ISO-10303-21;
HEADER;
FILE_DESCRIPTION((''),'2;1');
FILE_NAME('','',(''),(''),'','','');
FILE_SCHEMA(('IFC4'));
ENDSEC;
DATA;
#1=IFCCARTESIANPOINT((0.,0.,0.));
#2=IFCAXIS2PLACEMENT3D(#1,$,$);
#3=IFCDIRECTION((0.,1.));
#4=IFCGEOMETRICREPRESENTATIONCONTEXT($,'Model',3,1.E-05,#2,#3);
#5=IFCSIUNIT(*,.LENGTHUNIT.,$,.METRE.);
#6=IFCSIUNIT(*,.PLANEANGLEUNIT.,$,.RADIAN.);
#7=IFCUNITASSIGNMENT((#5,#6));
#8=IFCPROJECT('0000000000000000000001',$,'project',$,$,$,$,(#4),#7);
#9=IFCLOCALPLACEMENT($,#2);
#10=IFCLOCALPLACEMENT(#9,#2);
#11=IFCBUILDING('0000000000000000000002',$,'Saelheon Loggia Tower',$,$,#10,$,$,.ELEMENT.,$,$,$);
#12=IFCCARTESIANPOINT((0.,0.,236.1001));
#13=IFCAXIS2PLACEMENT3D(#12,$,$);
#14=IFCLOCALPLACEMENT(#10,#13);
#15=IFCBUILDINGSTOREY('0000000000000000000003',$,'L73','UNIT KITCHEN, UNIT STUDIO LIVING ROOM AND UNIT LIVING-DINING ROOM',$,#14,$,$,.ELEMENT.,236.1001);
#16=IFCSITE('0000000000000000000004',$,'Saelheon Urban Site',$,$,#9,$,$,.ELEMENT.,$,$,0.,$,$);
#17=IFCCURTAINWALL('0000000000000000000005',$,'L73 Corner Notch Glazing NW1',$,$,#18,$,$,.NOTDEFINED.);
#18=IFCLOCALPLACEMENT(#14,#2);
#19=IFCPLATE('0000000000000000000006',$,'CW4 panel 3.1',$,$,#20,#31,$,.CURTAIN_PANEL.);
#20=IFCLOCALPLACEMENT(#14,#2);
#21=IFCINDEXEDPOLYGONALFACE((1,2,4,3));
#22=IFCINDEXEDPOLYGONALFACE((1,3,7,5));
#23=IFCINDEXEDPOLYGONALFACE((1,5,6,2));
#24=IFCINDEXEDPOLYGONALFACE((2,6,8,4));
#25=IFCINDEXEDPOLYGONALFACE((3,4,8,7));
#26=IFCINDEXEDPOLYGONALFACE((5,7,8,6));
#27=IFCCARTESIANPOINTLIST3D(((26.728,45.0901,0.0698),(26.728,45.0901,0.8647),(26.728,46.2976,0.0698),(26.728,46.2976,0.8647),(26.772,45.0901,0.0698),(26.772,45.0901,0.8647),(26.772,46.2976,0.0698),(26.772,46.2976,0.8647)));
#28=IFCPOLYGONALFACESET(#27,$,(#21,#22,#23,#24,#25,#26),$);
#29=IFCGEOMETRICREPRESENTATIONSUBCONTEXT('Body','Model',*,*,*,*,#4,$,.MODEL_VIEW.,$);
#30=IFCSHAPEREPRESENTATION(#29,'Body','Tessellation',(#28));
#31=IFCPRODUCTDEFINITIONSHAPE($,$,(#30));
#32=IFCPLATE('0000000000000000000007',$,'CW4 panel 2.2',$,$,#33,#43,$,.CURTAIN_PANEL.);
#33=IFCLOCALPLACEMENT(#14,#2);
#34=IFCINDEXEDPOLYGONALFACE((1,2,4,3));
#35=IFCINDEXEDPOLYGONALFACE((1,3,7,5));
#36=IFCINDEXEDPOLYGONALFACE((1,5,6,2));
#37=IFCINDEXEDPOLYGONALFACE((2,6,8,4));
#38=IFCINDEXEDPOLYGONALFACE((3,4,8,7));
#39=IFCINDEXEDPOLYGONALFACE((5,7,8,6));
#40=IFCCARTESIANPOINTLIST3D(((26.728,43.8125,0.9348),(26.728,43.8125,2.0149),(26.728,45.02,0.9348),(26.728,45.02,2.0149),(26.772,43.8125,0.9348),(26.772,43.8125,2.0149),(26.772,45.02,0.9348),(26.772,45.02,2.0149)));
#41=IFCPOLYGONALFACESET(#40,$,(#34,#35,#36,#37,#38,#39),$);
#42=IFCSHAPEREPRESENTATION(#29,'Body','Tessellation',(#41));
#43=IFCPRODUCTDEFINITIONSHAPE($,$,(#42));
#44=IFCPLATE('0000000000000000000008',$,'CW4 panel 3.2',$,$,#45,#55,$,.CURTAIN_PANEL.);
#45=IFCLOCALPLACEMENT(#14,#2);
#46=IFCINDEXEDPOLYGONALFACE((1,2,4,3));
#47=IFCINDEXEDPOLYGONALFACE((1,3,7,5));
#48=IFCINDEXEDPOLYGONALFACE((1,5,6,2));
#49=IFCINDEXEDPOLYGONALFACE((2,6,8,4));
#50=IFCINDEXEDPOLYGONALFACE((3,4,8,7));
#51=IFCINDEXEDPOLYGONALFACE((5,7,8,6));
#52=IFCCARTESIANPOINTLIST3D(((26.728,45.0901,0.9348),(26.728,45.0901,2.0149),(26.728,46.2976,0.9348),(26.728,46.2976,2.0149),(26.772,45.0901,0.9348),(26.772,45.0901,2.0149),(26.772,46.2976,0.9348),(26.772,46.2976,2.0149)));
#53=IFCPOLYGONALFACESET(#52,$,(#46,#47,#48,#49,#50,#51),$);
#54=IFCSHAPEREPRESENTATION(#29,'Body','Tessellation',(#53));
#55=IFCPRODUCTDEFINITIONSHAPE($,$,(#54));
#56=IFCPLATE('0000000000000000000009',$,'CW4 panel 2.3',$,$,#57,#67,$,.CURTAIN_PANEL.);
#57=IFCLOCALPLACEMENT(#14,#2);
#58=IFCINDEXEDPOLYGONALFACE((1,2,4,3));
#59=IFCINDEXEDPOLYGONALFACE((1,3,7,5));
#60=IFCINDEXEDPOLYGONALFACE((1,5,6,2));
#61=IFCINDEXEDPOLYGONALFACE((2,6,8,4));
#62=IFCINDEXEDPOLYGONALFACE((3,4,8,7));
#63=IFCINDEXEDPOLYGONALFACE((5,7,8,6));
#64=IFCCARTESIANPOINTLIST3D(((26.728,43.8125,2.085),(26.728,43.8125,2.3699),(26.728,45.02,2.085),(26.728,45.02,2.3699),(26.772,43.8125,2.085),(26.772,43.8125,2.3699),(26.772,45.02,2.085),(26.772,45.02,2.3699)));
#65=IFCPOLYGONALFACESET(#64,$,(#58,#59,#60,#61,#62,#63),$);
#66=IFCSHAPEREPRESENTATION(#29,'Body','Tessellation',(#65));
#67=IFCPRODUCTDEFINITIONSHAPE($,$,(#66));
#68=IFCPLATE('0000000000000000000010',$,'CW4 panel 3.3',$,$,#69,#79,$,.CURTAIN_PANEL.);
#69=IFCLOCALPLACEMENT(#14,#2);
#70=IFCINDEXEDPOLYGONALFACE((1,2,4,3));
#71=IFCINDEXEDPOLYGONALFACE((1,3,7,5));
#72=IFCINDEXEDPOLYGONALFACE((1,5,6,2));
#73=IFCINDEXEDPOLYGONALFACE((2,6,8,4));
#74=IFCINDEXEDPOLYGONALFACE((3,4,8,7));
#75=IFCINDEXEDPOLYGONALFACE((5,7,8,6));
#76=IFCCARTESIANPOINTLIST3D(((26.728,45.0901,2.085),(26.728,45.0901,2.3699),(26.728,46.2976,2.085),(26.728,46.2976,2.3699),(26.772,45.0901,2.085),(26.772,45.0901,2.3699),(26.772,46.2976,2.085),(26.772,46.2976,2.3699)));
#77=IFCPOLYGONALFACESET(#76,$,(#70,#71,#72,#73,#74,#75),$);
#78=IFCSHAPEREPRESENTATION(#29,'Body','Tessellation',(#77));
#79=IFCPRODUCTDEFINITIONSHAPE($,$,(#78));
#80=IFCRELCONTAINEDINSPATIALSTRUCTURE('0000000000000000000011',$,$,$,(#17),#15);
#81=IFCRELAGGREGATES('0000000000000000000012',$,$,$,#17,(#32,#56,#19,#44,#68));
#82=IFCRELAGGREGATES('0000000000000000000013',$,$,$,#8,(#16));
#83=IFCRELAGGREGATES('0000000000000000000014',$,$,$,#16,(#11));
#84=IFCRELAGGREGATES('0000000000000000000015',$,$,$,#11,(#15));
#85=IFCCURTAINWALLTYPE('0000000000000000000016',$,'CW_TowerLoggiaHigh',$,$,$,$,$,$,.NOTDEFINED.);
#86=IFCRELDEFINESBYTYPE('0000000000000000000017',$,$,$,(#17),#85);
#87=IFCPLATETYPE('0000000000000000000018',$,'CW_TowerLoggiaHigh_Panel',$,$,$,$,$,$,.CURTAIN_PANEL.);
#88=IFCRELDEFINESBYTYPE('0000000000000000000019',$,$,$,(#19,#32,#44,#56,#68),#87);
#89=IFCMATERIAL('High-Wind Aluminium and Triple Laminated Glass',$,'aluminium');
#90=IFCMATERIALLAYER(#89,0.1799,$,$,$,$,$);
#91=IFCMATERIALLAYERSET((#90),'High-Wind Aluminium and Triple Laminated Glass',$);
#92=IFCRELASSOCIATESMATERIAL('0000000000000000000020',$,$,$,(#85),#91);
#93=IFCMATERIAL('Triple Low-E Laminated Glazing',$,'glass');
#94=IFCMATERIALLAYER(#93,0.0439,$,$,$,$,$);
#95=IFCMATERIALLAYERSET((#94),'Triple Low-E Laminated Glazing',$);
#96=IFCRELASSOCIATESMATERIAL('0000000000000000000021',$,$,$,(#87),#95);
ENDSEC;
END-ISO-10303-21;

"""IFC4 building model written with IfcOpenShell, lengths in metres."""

from ifc_helpers import new_model, si_unit, direction, frame, origin, origin_2d, place, context, subcontext, project, spatial, rectangle, extrude, source, transform, mapped, material, layer, layer_set, type_object, element, aggregate, save


model = new_model("IFC4")

# Units and contexts
model_context = context("Model", 3, precision=1e-05, world=origin(), true_north=direction((0.0, 1.0)))
body_context = subcontext(model_context, "Body", "Model", "MODEL_VIEW")
ifc_project = project(units=[si_unit("LENGTHUNIT", "METRE"), si_unit("PLANEANGLEUNIT", "RADIAN")], contexts=[model_context])

# Site, building, storey
site_placement = place(None, origin())
site = spatial("IfcSite", under=ifc_project, at=site_placement, Name="Saelheon Urban Site", CompositionType="ELEMENT", RefElevation=0.0)
building_placement = place(site_placement, origin())
building = spatial("IfcBuilding", under=site, at=building_placement, Name="Saelheon Loggia Tower", CompositionType="ELEMENT")
storey_placement = place(building_placement, frame((0.0, 0.0, 236.1001)))
storey = spatial("IfcBuildingStorey", under=building, at=storey_placement, Name="L73", Description="UNIT KITCHEN, UNIT STUDIO LIVING ROOM AND UNIT LIVING-DINING ROOM", CompositionType="ELEMENT", Elevation=236.1001)

# Curtain wall, plates
ifc_material_1 = material(Name="High-Wind Aluminium and Triple Laminated Glass", Category="aluminium")
ifc_layer_1 = layer(ifc_material_1, 0.1799)
ifc_layer_set_1 = layer_set([ifc_layer_1], Name="High-Wind Aluminium and Triple Laminated Glass")
curtain_wall_type = type_object("IfcCurtainWallType", Name="CW_TowerLoggiaHigh", PredefinedType="NOTDEFINED", material=ifc_layer_set_1)
curtain_wall_placement = place(storey_placement, origin())
curtain_wall = element("IfcCurtainWall", 1, at=curtain_wall_placement, inside=storey, type_object=curtain_wall_type, Name="L73 Corner Notch Glazing NW1", PredefinedType="NOTDEFINED")
ifc_material_2 = material(Name="Triple Low-E Laminated Glazing", Category="glass")
ifc_layer_2 = layer(ifc_material_2, 0.0439)
ifc_layer_set_2 = layer_set([ifc_layer_2], Name="Triple Low-E Laminated Glazing")
plate_type = type_object("IfcPlateType", Name="CW_TowerLoggiaHigh_Panel", PredefinedType="CURTAIN_PANEL", material=ifc_layer_set_2)
shared_shape_1 = source(origin(), body_context, "Body", "SweptSolid", [
    extrude(rectangle(XDim=1.2075, YDim=0.0439, at=origin_2d()), origin(), (0.0, 0.0, 1.0), 0.7949),
])
plate_1_placement = place(storey_placement, frame((26.75, 45.6938, 0.0698), z_axis=(0.0, 0.0, 1.0), x_axis=(0.0, 1.0, 0.0)))
plate_1 = element("IfcPlate", 2, at=plate_1_placement, type_object=plate_type, Name="CW4 panel 3.1", PredefinedType="CURTAIN_PANEL", context=body_context, shape_type="MappedRepresentation", body=[
    mapped(shared_shape_1, transform((0.0, 0.0, 0.0), scale=1.0)),
])
shared_shape_2 = source(origin(), body_context, "Body", "SweptSolid", [
    extrude(rectangle(XDim=1.2075, YDim=0.0439, at=origin_2d()), origin(), (0.0, 0.0, 1.0), 1.0801),
])
plate_2_placement = place(storey_placement, frame((26.75, 44.4163, 0.9348), z_axis=(0.0, 0.0, 1.0), x_axis=(0.0, 1.0, 0.0)))
plate_2 = element("IfcPlate", 3, at=plate_2_placement, type_object=plate_type, Name="CW4 panel 2.2", PredefinedType="CURTAIN_PANEL", context=body_context, shape_type="MappedRepresentation", body=[
    mapped(shared_shape_2, transform((0.0, 0.0, 0.0), scale=1.0)),
])
plate_3_placement = place(storey_placement, frame((26.75, 45.6938, 0.9348), z_axis=(0.0, 0.0, 1.0), x_axis=(0.0, 1.0, 0.0)))
plate_3 = element("IfcPlate", 4, at=plate_3_placement, type_object=plate_type, Name="CW4 panel 3.2", PredefinedType="CURTAIN_PANEL", context=body_context, shape_type="MappedRepresentation", body=[
    mapped(shared_shape_2, transform((0.0, 0.0, 0.0), scale=1.0)),
])
shared_shape_3 = source(origin(), body_context, "Body", "SweptSolid", [
    extrude(rectangle(XDim=1.2075, YDim=0.0439, at=origin_2d()), origin(), (0.0, 0.0, 1.0), 0.2849),
])
plate_4_placement = place(storey_placement, frame((26.75, 44.4163, 2.085), z_axis=(0.0, 0.0, 1.0), x_axis=(0.0, 1.0, 0.0)))
plate_4 = element("IfcPlate", 5, at=plate_4_placement, type_object=plate_type, Name="CW4 panel 2.3", PredefinedType="CURTAIN_PANEL", context=body_context, shape_type="MappedRepresentation", body=[
    mapped(shared_shape_3, transform((0.0, 0.0, 0.0), scale=1.0)),
])
plate_5_placement = place(storey_placement, frame((26.75, 45.6938, 2.085), z_axis=(0.0, 0.0, 1.0), x_axis=(0.0, 1.0, 0.0)))
plate_5 = element("IfcPlate", 6, at=plate_5_placement, type_object=plate_type, Name="CW4 panel 3.3", PredefinedType="CURTAIN_PANEL", context=body_context, shape_type="MappedRepresentation", body=[
    mapped(shared_shape_3, transform((0.0, 0.0, 0.0), scale=1.0)),
])
aggregate(curtain_wall, [plate_2, plate_4, plate_1, plate_3, plate_5])

save(model, "model.ifc")
